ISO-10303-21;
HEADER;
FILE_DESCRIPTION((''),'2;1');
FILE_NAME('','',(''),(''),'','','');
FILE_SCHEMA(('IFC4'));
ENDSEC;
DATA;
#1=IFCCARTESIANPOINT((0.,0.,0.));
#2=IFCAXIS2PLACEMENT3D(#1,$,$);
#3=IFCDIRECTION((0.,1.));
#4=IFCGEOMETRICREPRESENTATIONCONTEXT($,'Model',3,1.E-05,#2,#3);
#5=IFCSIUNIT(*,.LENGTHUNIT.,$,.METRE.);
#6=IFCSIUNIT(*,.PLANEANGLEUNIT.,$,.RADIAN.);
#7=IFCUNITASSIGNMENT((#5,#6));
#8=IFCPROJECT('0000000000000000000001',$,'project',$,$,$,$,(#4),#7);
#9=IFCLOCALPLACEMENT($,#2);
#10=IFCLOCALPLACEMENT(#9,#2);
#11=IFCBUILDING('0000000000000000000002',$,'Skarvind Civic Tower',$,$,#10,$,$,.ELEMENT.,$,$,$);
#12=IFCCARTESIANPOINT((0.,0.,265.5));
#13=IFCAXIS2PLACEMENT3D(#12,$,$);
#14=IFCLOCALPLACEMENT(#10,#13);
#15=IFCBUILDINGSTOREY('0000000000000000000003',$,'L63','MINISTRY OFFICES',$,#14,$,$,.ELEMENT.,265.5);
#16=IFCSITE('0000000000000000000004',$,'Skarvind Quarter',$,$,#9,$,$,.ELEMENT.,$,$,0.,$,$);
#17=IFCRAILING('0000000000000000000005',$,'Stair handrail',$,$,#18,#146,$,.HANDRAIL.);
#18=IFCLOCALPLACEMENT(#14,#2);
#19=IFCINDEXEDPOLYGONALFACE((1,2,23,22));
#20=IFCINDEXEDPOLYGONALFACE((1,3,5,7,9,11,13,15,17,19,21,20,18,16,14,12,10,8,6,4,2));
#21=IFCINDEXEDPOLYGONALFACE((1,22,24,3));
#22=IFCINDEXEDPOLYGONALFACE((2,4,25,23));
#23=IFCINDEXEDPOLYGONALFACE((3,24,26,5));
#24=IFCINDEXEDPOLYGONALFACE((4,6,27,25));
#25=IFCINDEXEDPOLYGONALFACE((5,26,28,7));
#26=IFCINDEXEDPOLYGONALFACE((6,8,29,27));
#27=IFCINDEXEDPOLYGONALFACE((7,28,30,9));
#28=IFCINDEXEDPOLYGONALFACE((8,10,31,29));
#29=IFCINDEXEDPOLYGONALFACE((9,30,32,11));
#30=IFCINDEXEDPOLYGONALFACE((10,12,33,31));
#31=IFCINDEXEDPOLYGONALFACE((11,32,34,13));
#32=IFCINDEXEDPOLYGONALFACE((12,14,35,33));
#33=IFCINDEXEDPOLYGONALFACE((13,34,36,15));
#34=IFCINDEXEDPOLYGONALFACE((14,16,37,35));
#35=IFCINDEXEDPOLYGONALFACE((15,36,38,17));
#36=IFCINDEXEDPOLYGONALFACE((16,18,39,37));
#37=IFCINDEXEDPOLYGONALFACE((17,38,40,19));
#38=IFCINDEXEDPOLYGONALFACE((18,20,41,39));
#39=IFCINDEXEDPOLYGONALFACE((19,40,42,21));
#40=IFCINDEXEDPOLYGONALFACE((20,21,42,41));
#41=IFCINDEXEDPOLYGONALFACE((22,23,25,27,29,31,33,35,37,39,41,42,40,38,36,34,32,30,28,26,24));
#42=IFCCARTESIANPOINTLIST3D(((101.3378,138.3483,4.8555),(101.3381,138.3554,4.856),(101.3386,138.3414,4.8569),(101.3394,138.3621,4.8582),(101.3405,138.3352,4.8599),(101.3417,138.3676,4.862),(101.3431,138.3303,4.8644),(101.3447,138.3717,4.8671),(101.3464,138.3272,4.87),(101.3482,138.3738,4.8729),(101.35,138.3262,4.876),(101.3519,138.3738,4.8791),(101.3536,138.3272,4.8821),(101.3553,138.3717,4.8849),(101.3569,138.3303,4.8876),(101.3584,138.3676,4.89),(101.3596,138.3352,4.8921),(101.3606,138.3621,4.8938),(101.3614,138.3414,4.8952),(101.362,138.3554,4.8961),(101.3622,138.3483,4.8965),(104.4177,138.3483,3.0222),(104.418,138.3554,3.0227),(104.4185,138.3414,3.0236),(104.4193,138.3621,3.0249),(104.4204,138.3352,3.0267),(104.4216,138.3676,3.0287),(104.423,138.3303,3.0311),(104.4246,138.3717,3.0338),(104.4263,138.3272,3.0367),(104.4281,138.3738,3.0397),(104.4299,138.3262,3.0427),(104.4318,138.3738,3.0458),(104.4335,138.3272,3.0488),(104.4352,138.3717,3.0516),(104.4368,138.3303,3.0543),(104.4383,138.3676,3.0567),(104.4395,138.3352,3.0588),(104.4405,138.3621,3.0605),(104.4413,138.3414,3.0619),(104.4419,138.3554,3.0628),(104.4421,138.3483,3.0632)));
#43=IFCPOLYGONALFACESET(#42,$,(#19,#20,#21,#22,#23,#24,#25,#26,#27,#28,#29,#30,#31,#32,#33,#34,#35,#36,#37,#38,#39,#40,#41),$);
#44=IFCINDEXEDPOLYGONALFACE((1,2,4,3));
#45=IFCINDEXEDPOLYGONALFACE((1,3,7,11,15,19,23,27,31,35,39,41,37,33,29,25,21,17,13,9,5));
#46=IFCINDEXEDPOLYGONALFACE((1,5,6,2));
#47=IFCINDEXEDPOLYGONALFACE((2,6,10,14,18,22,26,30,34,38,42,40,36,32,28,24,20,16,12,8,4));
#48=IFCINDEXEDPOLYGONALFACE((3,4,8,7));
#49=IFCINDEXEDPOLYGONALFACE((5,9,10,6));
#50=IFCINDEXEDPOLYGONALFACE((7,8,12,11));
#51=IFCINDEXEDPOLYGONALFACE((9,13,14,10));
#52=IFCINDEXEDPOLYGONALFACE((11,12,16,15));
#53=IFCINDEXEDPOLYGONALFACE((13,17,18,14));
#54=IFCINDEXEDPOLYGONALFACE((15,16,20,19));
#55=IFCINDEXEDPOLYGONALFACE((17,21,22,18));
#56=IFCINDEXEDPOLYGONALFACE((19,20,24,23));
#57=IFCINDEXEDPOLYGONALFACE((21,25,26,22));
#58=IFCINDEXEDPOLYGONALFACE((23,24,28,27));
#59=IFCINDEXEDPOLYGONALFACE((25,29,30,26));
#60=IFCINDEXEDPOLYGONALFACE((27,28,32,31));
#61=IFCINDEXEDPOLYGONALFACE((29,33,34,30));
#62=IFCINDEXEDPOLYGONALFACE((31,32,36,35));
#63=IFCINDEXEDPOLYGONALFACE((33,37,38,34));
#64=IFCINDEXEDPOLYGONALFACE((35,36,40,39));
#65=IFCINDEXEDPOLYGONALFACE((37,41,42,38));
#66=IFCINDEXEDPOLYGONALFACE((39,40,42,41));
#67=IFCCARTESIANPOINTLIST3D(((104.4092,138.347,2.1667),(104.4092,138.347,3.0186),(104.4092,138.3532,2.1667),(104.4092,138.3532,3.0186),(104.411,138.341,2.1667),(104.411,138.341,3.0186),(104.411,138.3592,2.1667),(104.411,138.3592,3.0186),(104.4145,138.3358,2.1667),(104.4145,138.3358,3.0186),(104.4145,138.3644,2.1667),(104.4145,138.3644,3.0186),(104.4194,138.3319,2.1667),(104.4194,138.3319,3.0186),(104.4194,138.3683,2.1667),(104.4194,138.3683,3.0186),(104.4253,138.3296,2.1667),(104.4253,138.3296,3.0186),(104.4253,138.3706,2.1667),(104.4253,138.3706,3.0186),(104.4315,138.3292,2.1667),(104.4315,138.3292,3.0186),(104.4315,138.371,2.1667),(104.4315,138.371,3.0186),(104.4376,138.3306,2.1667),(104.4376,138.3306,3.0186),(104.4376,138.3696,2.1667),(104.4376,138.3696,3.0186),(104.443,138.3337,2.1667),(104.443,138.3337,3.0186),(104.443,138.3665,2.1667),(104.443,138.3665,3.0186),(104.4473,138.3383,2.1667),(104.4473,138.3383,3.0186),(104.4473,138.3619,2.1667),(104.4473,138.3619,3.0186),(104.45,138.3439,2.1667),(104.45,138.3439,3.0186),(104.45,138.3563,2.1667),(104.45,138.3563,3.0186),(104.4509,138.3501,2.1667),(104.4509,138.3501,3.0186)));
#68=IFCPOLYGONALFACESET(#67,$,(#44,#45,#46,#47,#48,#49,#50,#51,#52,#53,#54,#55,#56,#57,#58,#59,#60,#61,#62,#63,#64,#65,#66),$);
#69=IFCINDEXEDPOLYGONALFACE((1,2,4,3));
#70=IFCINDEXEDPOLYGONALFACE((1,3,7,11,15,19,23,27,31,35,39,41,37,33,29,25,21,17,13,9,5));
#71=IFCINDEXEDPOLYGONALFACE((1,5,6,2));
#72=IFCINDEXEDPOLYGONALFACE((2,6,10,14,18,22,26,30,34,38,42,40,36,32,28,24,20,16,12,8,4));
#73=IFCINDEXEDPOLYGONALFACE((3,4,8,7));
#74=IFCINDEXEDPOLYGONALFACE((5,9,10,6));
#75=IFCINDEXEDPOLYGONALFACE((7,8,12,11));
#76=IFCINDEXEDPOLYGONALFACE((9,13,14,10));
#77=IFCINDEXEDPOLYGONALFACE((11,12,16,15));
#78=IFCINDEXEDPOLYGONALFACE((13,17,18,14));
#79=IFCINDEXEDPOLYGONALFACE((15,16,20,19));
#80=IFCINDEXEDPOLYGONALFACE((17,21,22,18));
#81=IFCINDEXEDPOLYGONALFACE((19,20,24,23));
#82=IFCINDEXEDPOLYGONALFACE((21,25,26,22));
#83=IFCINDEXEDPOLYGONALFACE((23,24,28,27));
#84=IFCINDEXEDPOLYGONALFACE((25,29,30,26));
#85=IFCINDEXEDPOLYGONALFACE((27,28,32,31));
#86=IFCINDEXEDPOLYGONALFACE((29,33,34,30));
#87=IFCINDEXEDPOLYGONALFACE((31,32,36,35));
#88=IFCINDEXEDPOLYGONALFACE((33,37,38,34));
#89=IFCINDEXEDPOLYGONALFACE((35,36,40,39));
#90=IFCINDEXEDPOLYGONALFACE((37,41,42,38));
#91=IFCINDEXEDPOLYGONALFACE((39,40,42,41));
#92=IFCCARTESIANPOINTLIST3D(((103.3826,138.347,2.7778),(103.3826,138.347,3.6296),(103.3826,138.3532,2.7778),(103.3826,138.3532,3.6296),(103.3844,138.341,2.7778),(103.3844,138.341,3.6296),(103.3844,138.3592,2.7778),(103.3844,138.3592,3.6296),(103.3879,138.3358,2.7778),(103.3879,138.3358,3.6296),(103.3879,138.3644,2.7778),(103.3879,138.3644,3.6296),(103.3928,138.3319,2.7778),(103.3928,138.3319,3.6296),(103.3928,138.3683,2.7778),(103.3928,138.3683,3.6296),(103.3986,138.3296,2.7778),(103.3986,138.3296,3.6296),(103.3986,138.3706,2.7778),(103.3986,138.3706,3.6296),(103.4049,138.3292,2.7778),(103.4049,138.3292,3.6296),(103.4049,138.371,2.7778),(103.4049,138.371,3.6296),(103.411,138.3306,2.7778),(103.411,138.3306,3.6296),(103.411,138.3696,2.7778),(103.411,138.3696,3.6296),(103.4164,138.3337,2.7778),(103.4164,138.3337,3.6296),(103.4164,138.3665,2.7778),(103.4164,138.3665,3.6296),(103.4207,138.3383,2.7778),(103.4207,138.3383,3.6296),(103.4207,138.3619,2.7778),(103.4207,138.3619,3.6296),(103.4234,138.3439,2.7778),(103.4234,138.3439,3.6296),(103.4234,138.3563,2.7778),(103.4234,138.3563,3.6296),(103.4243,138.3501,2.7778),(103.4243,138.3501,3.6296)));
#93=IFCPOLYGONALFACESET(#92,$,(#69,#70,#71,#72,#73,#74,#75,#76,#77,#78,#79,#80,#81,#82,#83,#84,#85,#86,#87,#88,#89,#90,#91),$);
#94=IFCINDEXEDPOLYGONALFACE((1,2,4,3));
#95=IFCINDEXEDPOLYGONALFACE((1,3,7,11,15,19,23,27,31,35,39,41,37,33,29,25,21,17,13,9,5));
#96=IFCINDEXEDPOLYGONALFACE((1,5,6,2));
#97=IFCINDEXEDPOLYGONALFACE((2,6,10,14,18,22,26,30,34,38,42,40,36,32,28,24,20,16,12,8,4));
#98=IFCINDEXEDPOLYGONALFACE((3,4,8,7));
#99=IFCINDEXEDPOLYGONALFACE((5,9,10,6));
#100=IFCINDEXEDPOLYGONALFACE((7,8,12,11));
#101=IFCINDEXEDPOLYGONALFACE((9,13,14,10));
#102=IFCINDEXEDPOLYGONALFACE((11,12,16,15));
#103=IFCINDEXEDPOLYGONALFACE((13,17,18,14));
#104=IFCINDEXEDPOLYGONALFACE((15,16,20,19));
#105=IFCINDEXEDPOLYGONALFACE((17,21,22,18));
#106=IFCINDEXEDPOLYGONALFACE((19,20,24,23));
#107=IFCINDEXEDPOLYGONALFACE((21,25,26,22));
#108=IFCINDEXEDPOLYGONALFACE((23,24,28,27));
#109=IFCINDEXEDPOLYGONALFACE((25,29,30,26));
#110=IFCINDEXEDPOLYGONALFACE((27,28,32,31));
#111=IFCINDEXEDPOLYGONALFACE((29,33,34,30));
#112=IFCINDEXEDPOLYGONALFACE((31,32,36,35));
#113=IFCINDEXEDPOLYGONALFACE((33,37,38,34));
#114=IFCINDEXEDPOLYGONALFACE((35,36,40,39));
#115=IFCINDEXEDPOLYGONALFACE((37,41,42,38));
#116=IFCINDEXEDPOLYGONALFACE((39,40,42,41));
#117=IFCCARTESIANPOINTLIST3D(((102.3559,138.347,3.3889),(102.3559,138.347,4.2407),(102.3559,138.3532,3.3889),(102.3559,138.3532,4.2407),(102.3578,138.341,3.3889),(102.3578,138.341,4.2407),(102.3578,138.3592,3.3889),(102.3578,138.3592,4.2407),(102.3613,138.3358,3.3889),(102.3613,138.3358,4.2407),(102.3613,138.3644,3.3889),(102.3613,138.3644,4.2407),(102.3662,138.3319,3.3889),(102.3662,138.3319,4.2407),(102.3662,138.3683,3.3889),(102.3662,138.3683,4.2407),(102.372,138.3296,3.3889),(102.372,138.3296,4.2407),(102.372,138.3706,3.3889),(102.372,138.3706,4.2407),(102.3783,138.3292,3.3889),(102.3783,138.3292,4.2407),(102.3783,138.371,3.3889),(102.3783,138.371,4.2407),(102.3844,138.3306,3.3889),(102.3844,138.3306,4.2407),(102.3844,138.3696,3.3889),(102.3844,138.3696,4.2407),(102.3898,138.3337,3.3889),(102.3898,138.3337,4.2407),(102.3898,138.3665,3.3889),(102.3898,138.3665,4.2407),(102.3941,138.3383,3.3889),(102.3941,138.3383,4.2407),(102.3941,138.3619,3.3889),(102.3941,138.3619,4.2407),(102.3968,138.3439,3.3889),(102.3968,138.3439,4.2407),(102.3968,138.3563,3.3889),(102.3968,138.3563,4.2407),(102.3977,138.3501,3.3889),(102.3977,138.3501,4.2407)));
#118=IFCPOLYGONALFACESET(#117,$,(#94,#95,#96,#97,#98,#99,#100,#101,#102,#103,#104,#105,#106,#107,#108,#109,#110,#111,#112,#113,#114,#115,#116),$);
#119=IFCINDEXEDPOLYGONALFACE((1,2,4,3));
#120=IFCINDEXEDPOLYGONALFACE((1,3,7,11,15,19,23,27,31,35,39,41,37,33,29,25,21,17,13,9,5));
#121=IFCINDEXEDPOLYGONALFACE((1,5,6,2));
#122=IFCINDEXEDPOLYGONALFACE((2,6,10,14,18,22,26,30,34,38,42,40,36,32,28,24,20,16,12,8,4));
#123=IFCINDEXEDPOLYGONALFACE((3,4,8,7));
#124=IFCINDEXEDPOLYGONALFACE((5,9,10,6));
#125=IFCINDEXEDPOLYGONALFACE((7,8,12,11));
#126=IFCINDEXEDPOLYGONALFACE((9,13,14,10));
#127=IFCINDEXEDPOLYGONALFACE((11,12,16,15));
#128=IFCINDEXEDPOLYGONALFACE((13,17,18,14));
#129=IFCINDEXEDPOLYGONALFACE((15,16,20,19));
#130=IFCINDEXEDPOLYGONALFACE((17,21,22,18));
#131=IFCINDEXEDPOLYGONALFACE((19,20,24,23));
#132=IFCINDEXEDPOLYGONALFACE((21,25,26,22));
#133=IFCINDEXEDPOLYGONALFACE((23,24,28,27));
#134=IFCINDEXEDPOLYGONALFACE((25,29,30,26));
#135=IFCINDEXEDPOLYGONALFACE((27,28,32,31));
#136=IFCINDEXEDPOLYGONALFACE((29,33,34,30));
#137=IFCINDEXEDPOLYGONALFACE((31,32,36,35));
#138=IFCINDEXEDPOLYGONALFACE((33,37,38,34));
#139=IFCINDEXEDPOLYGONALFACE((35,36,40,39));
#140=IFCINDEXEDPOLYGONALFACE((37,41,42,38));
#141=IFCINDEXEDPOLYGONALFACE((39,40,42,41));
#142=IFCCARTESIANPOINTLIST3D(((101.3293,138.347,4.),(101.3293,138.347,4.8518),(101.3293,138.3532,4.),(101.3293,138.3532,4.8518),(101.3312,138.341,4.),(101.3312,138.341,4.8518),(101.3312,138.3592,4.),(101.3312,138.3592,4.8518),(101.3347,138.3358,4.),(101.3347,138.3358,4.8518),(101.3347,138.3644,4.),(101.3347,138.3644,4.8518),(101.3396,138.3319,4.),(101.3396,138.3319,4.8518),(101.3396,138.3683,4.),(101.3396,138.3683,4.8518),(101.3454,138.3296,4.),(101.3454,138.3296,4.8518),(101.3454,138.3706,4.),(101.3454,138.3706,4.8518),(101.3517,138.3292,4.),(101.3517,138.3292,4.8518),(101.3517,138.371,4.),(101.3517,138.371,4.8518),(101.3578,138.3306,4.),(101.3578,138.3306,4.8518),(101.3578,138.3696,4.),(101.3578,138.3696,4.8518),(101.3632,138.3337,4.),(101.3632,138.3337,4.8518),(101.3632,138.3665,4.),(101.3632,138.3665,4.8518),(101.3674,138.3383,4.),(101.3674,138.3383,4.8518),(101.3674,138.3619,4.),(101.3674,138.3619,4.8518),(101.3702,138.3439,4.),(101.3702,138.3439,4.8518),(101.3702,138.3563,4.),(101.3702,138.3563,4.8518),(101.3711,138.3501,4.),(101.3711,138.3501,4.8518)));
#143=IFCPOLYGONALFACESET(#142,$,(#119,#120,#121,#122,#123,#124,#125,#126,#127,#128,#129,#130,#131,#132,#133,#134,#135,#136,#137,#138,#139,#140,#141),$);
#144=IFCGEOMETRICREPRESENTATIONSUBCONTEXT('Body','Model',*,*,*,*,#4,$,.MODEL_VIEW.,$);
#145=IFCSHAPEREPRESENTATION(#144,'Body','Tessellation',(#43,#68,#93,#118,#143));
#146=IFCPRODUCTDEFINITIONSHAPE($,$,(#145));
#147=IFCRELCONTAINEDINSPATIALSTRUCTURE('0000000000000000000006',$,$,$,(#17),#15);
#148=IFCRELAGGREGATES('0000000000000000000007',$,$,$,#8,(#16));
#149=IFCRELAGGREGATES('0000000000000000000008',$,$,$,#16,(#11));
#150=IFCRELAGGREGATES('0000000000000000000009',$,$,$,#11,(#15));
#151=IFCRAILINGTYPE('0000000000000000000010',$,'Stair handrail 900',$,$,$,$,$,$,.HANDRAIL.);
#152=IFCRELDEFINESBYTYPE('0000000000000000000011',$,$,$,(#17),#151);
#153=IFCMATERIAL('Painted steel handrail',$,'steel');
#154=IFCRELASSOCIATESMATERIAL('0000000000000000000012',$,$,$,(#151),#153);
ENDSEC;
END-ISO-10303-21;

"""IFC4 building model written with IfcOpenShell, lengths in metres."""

from ifc_helpers import new_model, si_unit, direction, frame, origin, origin_2d, place, context, subcontext, project, spatial, circle, extrude, material, type_object, element, save


model = new_model("IFC4")

# Units and contexts
model_context = context("Model", 3, precision=1e-05, world=origin(), true_north=direction((0.0, 1.0)))
body_context = subcontext(model_context, "Body", "Model", "MODEL_VIEW")
ifc_project = project(units=[si_unit("LENGTHUNIT", "METRE"), si_unit("PLANEANGLEUNIT", "RADIAN")], contexts=[model_context])

# Site, building, storey
site_placement = place(None, origin())
site = spatial("IfcSite", under=ifc_project, at=site_placement, Name="Skarvind Quarter", CompositionType="ELEMENT", RefElevation=0.0)
building_placement = place(site_placement, origin())
building = spatial("IfcBuilding", under=site, at=building_placement, Name="Skarvind Civic Tower", CompositionType="ELEMENT")
storey_placement = place(building_placement, frame((0.0, 0.0, 265.5)))
storey = spatial("IfcBuildingStorey", under=building, at=storey_placement, Name="L63", Description="MINISTRY OFFICES", CompositionType="ELEMENT", Elevation=265.5)

# Railing
ifc_material_1 = material(Name="Painted steel handrail", Category="steel")
railing_type = type_object("IfcRailingType", Name="Stair handrail 900", PredefinedType="HANDRAIL", material=ifc_material_1)
railing_1_placement = place(storey_placement, frame((104.4299, 138.3501, 2.1667)))
element("IfcRailing", 1, at=railing_1_placement, inside=storey, type_object=railing_type, Name="Stair handrail", PredefinedType="HANDRAIL", context=body_context, shape_type="SweptSolid", body=[
    extrude(circle(Radius=0.0239, at=origin_2d()), frame((0.0, 0.0, 0.876), z_axis=(-0.859291, 0.0, 0.511487), x_axis=(0.0, -1.0, 0.0)), (0.0, 0.0, 1.0), 3.5842),
    extrude(circle(Radius=0.021, at=origin_2d()), origin(), (0.0, 0.0, 1.0), 0.8518),
    extrude(circle(Radius=0.021, at=origin_2d()), frame((-1.0266, 0.0, 0.6111)), (0.0, 0.0, 1.0), 0.8518),
    extrude(circle(Radius=0.021, at=origin_2d()), frame((-2.0532, 0.0, 1.2222)), (0.0, 0.0, 1.0), 0.8518),
    extrude(circle(Radius=0.021, at=origin_2d()), frame((-3.0798, 0.0, 1.8333)), (0.0, 0.0, 1.0), 0.8518),
])

save(model, "model.ifc")
